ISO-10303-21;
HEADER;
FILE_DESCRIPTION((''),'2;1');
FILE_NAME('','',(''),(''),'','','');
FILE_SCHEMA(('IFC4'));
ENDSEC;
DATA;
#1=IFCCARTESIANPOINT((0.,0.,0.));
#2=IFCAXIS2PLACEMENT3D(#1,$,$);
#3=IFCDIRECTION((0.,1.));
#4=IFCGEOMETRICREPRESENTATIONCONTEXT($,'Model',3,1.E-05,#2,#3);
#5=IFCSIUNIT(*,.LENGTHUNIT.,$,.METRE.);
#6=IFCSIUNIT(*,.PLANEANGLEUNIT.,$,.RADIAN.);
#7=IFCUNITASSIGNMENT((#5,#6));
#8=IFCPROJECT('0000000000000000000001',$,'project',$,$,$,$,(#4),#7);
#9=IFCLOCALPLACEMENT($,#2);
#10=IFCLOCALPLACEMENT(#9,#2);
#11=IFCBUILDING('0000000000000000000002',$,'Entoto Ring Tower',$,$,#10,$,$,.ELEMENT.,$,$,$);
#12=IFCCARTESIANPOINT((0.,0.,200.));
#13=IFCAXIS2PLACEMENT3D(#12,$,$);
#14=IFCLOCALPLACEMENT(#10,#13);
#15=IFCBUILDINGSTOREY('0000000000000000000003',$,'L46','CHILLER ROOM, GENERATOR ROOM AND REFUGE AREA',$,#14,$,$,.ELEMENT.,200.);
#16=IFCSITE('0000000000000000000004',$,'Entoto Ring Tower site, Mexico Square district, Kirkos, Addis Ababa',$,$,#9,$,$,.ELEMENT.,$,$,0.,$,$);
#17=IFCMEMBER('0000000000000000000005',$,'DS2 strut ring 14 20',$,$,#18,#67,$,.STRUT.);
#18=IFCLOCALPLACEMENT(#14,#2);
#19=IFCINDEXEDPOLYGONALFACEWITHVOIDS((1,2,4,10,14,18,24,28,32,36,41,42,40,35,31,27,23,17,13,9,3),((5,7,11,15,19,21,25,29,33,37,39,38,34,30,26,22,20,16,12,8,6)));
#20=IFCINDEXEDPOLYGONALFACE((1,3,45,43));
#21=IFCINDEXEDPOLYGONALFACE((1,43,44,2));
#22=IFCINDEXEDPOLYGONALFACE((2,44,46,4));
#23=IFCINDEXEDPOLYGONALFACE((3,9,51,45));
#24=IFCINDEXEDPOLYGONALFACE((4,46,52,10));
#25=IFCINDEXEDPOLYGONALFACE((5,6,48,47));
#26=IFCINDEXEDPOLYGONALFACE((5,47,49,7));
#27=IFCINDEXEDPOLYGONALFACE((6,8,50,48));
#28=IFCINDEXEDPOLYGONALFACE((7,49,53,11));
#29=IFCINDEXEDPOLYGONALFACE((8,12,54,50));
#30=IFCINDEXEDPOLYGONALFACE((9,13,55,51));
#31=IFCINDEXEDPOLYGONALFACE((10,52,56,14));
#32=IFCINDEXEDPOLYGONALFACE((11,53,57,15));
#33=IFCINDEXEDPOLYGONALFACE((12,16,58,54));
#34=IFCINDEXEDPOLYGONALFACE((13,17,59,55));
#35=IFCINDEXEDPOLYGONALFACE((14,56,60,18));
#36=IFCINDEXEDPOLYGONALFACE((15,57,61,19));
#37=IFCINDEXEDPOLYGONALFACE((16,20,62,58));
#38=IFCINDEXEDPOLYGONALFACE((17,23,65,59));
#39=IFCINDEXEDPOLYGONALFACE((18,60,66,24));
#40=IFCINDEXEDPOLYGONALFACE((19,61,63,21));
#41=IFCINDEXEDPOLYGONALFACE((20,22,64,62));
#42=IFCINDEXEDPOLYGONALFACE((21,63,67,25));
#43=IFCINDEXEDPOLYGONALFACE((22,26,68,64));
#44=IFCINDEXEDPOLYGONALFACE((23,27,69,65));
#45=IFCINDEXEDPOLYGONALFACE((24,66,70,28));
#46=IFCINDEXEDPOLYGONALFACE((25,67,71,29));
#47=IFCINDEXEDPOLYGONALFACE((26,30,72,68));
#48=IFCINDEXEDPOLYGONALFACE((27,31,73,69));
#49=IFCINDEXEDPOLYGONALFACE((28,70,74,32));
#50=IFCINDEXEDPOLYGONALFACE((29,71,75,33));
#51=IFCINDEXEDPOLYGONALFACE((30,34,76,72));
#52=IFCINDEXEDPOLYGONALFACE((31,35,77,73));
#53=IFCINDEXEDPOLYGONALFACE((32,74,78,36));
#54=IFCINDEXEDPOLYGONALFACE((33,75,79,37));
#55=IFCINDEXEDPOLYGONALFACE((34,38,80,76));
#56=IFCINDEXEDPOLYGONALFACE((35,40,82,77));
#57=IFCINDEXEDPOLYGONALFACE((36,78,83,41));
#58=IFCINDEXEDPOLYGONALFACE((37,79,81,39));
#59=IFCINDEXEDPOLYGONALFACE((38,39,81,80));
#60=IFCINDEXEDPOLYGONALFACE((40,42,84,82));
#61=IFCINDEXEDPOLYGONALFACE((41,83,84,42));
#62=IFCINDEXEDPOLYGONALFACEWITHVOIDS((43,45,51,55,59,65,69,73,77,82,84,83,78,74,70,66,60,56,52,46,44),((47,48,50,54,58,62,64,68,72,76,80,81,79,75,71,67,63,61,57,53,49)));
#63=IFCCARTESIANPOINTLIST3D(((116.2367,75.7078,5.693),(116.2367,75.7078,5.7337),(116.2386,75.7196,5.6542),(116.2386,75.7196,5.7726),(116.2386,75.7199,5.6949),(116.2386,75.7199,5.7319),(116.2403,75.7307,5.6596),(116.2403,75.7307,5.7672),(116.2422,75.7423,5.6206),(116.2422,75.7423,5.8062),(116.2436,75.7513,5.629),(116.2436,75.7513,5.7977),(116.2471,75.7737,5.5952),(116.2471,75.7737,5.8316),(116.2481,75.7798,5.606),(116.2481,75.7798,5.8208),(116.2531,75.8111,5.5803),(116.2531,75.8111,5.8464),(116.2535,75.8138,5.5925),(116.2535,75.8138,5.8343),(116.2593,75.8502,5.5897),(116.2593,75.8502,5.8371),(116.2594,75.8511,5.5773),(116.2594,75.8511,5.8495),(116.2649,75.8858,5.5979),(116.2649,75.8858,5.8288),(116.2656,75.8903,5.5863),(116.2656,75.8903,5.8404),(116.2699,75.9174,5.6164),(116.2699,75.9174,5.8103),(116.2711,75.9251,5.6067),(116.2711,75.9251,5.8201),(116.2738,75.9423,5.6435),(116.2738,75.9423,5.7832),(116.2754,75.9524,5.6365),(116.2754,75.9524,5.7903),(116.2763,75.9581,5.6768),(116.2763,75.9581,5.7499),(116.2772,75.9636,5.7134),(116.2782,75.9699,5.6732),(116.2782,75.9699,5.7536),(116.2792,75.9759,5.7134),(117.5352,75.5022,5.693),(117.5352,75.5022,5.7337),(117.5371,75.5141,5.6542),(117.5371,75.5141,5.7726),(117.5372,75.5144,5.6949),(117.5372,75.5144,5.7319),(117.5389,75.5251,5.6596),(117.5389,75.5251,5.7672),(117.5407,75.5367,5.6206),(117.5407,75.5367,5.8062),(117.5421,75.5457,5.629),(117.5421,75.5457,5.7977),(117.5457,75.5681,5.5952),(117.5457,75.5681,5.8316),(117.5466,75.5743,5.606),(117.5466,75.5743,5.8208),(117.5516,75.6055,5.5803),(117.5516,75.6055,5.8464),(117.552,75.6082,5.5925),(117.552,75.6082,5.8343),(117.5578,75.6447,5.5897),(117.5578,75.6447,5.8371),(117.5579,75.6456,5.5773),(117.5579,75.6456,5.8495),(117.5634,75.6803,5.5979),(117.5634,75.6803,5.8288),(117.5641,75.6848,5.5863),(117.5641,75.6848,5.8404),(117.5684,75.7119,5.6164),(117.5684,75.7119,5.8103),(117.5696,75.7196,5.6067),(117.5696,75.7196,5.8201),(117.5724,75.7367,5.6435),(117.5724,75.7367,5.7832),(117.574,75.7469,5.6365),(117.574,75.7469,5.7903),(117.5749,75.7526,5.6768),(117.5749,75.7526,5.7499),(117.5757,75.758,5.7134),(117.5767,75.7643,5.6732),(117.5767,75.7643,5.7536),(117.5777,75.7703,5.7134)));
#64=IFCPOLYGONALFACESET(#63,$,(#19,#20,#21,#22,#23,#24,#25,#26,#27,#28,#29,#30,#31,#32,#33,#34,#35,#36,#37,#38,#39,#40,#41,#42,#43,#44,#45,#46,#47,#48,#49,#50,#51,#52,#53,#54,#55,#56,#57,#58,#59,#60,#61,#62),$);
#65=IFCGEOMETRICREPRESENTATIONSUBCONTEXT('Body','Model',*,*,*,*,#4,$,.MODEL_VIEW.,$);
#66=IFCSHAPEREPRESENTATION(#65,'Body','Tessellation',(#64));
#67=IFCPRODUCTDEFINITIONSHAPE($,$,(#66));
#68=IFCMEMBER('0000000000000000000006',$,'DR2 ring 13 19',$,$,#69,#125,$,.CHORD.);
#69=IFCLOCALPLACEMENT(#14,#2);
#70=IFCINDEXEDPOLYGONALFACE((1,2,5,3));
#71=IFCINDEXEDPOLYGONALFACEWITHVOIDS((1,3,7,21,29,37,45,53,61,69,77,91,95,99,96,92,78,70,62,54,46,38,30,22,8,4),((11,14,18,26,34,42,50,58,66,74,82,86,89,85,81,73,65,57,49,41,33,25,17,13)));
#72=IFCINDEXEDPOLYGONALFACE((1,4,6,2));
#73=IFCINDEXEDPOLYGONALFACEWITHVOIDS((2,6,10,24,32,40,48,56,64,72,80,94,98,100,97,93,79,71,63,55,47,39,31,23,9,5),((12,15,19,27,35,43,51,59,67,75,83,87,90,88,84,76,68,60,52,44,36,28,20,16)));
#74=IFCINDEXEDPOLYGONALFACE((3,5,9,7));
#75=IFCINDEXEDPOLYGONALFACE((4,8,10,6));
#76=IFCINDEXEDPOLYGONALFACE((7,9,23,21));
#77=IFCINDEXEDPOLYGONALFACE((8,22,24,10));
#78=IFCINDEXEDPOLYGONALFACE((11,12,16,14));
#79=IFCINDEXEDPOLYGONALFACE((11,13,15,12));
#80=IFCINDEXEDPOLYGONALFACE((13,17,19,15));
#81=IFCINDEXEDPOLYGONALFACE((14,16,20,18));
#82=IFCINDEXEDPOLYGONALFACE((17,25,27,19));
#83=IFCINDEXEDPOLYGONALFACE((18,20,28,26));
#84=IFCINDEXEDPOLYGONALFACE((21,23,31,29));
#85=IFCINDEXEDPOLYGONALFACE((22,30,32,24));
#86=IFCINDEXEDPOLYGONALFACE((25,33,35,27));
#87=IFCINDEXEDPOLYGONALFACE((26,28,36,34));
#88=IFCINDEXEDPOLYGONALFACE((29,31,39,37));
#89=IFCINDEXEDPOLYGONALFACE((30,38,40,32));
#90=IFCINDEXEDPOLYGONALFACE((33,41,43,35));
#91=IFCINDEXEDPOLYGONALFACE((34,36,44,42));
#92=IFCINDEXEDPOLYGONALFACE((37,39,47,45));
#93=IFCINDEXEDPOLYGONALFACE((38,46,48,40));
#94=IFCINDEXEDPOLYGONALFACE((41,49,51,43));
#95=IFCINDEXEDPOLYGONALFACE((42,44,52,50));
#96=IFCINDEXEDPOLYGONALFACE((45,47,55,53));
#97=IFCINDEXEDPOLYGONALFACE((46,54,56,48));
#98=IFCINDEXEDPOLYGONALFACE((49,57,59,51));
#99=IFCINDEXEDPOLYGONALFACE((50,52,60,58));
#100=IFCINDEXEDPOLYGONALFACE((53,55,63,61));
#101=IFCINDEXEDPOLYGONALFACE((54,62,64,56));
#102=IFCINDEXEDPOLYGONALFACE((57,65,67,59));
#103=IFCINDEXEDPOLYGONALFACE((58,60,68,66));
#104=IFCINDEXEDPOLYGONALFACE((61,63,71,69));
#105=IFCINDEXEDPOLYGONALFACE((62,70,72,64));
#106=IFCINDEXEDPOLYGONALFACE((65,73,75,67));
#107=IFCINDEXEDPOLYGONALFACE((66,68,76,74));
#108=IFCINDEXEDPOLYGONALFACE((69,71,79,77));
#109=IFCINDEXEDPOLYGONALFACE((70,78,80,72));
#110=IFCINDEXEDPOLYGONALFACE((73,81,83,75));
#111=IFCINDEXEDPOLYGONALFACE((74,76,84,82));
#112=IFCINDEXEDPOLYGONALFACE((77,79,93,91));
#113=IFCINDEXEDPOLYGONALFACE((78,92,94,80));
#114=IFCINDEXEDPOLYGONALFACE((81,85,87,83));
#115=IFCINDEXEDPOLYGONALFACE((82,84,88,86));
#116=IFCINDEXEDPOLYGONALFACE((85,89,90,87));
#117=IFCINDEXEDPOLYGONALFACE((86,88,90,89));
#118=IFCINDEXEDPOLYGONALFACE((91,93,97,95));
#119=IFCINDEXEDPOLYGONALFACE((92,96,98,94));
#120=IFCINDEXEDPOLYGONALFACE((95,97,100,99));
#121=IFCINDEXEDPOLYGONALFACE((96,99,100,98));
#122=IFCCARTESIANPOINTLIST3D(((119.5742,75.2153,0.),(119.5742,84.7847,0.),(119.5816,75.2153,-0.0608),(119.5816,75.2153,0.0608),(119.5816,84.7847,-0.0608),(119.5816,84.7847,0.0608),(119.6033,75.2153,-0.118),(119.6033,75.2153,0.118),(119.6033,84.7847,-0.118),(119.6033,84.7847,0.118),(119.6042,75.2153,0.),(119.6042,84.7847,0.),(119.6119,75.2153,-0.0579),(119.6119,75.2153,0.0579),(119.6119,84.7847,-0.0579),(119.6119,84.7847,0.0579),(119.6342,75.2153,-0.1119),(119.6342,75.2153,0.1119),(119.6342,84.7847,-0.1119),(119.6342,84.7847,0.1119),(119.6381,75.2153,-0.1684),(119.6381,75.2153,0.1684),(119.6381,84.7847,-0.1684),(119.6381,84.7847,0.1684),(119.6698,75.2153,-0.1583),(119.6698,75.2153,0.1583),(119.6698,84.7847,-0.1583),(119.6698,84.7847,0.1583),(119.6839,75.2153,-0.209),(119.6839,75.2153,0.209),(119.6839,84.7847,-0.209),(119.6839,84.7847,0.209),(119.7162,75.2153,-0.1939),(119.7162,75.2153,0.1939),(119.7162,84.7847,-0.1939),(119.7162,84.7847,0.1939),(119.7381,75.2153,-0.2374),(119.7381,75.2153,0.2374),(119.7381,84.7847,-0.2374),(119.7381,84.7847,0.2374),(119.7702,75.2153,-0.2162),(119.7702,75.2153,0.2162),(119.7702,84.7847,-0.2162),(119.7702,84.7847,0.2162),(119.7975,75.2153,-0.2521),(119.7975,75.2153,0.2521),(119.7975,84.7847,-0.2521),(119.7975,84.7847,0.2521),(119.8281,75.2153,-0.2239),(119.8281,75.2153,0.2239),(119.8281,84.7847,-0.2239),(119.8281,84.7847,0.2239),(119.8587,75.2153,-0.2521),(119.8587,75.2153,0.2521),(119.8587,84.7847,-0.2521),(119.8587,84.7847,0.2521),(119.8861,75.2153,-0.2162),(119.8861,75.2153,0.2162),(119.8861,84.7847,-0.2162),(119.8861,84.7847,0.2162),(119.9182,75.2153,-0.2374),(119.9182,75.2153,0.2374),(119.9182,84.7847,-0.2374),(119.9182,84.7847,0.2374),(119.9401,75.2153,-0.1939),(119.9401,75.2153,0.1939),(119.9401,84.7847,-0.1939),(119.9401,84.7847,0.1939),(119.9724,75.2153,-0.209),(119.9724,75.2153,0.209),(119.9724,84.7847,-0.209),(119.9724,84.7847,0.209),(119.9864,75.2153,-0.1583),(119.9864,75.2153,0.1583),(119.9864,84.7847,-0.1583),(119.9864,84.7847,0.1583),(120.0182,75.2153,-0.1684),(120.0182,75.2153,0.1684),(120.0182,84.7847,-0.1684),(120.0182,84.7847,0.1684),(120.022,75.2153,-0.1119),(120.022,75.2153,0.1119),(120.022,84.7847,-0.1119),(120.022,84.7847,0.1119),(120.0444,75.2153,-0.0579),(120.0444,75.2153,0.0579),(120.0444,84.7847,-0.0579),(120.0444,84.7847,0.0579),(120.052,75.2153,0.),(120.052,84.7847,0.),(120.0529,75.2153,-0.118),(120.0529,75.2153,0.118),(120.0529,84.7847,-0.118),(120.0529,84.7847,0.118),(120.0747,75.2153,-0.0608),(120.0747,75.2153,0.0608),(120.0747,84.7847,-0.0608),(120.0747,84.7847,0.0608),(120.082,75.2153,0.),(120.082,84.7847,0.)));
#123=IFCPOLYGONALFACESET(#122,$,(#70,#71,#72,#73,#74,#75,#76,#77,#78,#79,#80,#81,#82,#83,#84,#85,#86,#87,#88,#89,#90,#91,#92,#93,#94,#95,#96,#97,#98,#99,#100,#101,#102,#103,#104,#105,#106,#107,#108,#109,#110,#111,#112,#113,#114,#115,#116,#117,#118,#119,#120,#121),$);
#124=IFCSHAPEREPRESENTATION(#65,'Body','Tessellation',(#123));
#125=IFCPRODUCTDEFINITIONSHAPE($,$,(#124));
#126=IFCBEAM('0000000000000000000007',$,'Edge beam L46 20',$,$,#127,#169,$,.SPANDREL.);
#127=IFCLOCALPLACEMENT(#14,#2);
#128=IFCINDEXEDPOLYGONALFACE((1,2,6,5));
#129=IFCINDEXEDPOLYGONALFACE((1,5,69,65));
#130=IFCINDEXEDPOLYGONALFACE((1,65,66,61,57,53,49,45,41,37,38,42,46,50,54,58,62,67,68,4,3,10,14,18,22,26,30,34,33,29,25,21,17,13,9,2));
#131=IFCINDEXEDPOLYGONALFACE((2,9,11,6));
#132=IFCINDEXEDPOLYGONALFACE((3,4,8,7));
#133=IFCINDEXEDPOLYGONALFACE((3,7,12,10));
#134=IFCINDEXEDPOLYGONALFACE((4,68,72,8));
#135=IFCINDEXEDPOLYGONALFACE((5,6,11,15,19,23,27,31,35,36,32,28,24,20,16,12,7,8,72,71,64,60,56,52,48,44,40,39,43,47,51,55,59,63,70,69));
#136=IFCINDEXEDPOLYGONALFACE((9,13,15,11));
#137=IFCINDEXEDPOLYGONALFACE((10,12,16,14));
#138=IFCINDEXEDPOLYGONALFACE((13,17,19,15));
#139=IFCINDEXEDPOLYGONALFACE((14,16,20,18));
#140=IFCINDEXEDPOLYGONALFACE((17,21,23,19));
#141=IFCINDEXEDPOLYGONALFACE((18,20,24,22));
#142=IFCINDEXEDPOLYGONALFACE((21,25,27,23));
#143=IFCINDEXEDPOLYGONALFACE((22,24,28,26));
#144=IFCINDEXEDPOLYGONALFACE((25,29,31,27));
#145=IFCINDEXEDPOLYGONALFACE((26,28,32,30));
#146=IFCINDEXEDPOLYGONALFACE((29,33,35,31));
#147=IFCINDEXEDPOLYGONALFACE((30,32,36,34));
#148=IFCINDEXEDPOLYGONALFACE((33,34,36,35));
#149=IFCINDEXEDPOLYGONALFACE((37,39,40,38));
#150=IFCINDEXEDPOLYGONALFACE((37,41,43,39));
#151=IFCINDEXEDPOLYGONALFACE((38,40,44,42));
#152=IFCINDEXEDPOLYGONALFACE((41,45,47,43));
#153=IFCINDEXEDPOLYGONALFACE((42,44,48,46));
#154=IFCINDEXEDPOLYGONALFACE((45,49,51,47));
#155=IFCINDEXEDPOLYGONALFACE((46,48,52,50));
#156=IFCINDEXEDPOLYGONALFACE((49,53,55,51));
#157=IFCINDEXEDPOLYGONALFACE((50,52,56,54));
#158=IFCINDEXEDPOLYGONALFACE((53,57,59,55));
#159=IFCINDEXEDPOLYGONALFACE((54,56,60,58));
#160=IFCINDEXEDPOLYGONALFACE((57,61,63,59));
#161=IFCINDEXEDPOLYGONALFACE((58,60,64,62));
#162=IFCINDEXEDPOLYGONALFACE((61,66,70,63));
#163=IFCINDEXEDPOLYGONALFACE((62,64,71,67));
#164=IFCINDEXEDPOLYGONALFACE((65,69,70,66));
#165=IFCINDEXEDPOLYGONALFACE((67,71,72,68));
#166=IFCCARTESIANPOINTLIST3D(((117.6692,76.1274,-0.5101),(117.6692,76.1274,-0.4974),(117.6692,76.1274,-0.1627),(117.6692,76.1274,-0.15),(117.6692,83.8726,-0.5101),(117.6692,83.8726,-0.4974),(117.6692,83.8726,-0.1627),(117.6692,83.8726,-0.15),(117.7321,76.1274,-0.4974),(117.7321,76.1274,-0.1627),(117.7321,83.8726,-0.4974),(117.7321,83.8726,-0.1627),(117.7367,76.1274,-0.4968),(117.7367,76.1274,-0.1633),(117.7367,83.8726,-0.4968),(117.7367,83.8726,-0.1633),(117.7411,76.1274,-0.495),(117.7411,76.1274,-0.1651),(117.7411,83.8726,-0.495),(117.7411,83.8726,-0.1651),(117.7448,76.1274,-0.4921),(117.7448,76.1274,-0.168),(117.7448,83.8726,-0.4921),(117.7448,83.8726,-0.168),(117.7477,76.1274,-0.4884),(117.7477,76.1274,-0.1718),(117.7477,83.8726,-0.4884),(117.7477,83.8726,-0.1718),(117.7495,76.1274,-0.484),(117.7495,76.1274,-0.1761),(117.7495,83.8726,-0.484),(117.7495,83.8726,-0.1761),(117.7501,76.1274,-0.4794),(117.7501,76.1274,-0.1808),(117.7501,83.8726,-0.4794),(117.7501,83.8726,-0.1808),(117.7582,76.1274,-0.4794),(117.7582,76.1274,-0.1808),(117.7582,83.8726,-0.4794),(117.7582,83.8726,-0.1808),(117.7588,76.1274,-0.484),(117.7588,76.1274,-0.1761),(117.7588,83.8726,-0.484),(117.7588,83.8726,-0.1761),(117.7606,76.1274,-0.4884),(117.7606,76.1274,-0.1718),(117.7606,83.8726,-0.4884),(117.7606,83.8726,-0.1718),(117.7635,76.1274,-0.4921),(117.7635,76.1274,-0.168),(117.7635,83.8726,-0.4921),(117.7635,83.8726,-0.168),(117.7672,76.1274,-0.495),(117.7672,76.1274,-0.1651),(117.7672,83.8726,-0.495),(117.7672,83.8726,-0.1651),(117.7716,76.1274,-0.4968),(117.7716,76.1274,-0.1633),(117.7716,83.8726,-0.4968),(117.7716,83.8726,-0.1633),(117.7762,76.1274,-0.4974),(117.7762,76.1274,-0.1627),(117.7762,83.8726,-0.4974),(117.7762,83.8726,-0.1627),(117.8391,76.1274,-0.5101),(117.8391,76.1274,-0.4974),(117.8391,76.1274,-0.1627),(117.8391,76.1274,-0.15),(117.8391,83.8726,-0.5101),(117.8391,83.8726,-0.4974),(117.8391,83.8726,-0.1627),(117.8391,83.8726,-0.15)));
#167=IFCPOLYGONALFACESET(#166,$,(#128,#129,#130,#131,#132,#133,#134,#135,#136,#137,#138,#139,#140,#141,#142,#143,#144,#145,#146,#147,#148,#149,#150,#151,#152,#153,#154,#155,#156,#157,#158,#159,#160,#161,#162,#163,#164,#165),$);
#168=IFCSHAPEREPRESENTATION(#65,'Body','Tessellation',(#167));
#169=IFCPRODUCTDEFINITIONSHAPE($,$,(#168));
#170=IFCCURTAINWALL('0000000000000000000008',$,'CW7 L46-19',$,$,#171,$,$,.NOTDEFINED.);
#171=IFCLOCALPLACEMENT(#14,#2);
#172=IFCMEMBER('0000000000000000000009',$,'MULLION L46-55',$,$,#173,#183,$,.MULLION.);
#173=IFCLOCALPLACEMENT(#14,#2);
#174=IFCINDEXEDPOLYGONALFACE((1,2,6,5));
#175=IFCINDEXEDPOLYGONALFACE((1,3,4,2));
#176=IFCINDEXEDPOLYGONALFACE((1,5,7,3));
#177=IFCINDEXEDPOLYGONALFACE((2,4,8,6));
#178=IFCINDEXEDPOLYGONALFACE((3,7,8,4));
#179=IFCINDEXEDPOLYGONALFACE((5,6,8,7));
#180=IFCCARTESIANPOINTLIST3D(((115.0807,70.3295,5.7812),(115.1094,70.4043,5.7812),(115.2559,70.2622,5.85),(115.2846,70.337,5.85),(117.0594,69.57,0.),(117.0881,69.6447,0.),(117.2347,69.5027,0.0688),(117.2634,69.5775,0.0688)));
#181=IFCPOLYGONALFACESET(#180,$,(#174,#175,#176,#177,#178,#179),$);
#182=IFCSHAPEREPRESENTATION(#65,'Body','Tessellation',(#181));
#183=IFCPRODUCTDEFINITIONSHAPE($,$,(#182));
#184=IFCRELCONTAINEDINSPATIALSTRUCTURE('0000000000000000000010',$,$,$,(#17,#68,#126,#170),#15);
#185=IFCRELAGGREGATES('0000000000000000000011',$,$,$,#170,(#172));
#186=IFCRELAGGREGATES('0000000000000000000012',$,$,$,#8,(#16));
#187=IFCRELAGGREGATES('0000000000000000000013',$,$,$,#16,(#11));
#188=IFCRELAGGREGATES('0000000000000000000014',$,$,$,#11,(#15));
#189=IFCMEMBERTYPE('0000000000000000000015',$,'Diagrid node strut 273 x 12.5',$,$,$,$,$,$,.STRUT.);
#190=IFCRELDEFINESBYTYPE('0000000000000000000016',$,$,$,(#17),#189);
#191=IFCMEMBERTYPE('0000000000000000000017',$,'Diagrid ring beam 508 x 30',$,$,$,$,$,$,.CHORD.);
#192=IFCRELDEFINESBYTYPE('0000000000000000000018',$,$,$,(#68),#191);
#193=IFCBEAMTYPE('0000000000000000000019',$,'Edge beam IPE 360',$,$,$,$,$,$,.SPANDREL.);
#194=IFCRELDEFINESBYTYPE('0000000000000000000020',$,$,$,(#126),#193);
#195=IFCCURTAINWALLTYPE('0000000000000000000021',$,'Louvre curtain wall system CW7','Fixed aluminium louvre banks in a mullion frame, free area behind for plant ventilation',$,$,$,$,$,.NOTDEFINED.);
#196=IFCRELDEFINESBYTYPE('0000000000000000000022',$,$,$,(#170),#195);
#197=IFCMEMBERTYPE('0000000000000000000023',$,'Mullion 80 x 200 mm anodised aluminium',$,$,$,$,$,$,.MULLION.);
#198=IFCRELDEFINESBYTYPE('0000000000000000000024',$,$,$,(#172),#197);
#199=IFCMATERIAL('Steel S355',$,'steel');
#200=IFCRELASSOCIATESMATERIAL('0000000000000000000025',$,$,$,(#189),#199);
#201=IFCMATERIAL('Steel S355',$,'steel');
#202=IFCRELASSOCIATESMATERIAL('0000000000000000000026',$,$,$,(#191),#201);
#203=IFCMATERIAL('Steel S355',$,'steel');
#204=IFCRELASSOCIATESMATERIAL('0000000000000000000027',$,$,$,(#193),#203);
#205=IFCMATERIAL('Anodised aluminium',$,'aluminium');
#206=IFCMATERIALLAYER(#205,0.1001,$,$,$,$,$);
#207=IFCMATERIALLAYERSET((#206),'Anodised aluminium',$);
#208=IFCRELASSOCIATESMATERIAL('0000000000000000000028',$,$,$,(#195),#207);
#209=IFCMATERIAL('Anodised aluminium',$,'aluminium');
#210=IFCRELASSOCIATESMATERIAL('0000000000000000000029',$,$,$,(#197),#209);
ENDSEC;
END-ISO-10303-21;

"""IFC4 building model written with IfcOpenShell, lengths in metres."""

from ifc_helpers import new_model, si_unit, direction, frame, origin, origin_2d, place, context, subcontext, project, spatial, rectangle, circle, hollow_circle, i_section, extrude, material, layer, layer_set, material_profile, profile_set, type_object, element, aggregate, save


model = new_model("IFC4")

# Units and contexts
model_context = context("Model", 3, precision=1e-05, world=origin(), true_north=direction((0.0, 1.0)))
body_context = subcontext(model_context, "Body", "Model", "MODEL_VIEW")
ifc_project = project(units=[si_unit("LENGTHUNIT", "METRE"), si_unit("PLANEANGLEUNIT", "RADIAN")], contexts=[model_context])

# Site, building, storey
site_placement = place(None, origin())
site = spatial("IfcSite", under=ifc_project, at=site_placement, Name="Entoto Ring Tower site, Mexico Square district, Kirkos, Addis Ababa", CompositionType="ELEMENT", RefElevation=0.0)
building_placement = place(site_placement, origin())
building = spatial("IfcBuilding", under=site, at=building_placement, Name="Entoto Ring Tower", CompositionType="ELEMENT")
storey_placement = place(building_placement, frame((0.0, 0.0, 200.0)))
storey = spatial("IfcBuildingStorey", under=building, at=storey_placement, Name="L46", Description="CHILLER ROOM, GENERATOR ROOM AND REFUGE AREA", CompositionType="ELEMENT", Elevation=200.0)

# Members
ifc_material_1 = material(Name="Steel S355", Category="steel")
ifc_material_profile_1 = material_profile(ifc_material_1, hollow_circle(Radius=0.1365, WallThickness=0.0125, at=origin_2d()), Name="CHS 273 x 12.5")
ifc_material_2 = material(Name="Concrete C60/75", Category="concrete")
ifc_material_profile_2 = material_profile(ifc_material_2, circle(Radius=0.124, at=origin_2d()), Name="Concrete C60/75 infill")
ifc_profile_set_1 = profile_set([ifc_material_profile_1, ifc_material_profile_2], Name="Steel S355")
member_type_1 = type_object("IfcMemberType", Name="Diagrid node strut 273 x 12.5", PredefinedType="STRUT", material=ifc_profile_set_1)
member_1_placement = place(storey_placement, frame((116.2578, 75.8411, 5.7134), z_axis=(0.987701, -0.156354, 0.0), x_axis=(0.156354, 0.987701, 0.0)))
element("IfcMember", 1, at=member_1_placement, inside=storey, type_object=member_type_1, Name="DS2 strut ring 14 20", PredefinedType="STRUT", context=body_context, shape_type="SweptSolid", body=[
    extrude(hollow_circle(Radius=0.1365, WallThickness=0.0125, at=origin_2d()), origin(), (0.0, 0.0, 1.0), 1.3147),
])
ifc_material_3 = material(Name="Steel S355", Category="steel")
ifc_material_profile_3 = material_profile(ifc_material_3, hollow_circle(Radius=0.2539, WallThickness=0.03, at=origin_2d()), Name="CHS 508 x 30")
ifc_material_4 = material(Name="Concrete C60/75", Category="concrete")
ifc_material_profile_4 = material_profile(ifc_material_4, circle(Radius=0.2241, at=origin_2d()), Name="Concrete C60/75 infill")
ifc_profile_set_2 = profile_set([ifc_material_profile_3, ifc_material_profile_4], Name="Steel S355")
member_type_2 = type_object("IfcMemberType", Name="Diagrid ring beam 508 x 30", PredefinedType="CHORD", material=ifc_profile_set_2)
member_2_placement = place(storey_placement, frame((119.8281, 75.2153, 0.0), z_axis=(0.0, 1.0, 0.0), x_axis=(-1.0, 0.0, 0.0)))
element("IfcMember", 2, at=member_2_placement, inside=storey, type_object=member_type_2, Name="DR2 ring 13 19", PredefinedType="CHORD", context=body_context, shape_type="SweptSolid", body=[
    extrude(hollow_circle(Radius=0.2539, WallThickness=0.03, at=origin_2d()), origin(), (0.0, 0.0, 1.0), 9.5693),
])

# Beam
ifc_material_5 = material(Name="Steel S355", Category="steel")
ifc_material_profile_5 = material_profile(ifc_material_5, i_section(OverallWidth=0.1699, OverallDepth=0.3601, WebThickness=0.0081, FlangeThickness=0.0127, FilletRadius=0.0181, at=origin_2d()), Name="IPE 360")
ifc_profile_set_3 = profile_set([ifc_material_profile_5], Name="Steel S355")
beam_type_1 = type_object("IfcBeamType", Name="Edge beam IPE 360", PredefinedType="SPANDREL", material=ifc_profile_set_3)
beam_1_placement = place(storey_placement, frame((117.7542, 76.1274, -0.3301), z_axis=(0.0, 1.0, 0.0), x_axis=(-1.0, 0.0, 0.0)))
element("IfcBeam", 3, at=beam_1_placement, inside=storey, type_object=beam_type_1, Name="Edge beam L46 20", PredefinedType="SPANDREL", context=body_context, shape_type="SweptSolid", body=[
    extrude(i_section(OverallWidth=0.1699, OverallDepth=0.3601, WebThickness=0.0081, FlangeThickness=0.0127, FilletRadius=0.0181, at=origin_2d()), origin(), (0.0, 0.0, 1.0), 7.7451),
])

# Curtain wall, member
ifc_material_6 = material(Name="Anodised aluminium", Category="aluminium")
ifc_layer_1 = layer(ifc_material_6, 0.1001)
ifc_layer_set_1 = layer_set([ifc_layer_1], Name="Anodised aluminium")
curtain_wall_type = type_object("IfcCurtainWallType", Name="Louvre curtain wall system CW7", Description="Fixed aluminium louvre banks in a mullion frame, free area behind for plant ventilation", PredefinedType="NOTDEFINED", material=ifc_layer_set_1)
curtain_wall_1_placement = place(storey_placement, origin())
curtain_wall_1 = element("IfcCurtainWall", 4, at=curtain_wall_1_placement, inside=storey, type_object=curtain_wall_type, Name="CW7 L46-19", PredefinedType="NOTDEFINED")
ifc_material_7 = material(Name="Anodised aluminium", Category="aluminium")
ifc_material_profile_6 = material_profile(ifc_material_7, rectangle(XDim=0.0801, YDim=0.2, at=origin_2d()), Name="Mullion 80 x 200 mm anodised aluminium")
ifc_profile_set_4 = profile_set([ifc_material_profile_6], Name="Anodised aluminium")
member_type_3 = type_object("IfcMemberType", Name="Mullion 80 x 200 mm anodised aluminium", PredefinedType="MULLION", material=ifc_profile_set_4)
member_3_placement = place(storey_placement, frame((117.1614, 69.5737, 0.0344), z_axis=(-0.321356, 0.123348, 0.938891), x_axis=(-0.358346, -0.933589, 0.0)))
member_3 = element("IfcMember", 5, at=member_3_placement, type_object=member_type_3, Name="MULLION L46-55", PredefinedType="MULLION", context=body_context, shape_type="SweptSolid", body=[
    extrude(rectangle(XDim=0.0801, YDim=0.2, at=origin_2d()), origin(), (0.0, 0.0, 1.0), 6.1575),
])
aggregate(curtain_wall_1, [member_3])

save(model, "model.ifc")
